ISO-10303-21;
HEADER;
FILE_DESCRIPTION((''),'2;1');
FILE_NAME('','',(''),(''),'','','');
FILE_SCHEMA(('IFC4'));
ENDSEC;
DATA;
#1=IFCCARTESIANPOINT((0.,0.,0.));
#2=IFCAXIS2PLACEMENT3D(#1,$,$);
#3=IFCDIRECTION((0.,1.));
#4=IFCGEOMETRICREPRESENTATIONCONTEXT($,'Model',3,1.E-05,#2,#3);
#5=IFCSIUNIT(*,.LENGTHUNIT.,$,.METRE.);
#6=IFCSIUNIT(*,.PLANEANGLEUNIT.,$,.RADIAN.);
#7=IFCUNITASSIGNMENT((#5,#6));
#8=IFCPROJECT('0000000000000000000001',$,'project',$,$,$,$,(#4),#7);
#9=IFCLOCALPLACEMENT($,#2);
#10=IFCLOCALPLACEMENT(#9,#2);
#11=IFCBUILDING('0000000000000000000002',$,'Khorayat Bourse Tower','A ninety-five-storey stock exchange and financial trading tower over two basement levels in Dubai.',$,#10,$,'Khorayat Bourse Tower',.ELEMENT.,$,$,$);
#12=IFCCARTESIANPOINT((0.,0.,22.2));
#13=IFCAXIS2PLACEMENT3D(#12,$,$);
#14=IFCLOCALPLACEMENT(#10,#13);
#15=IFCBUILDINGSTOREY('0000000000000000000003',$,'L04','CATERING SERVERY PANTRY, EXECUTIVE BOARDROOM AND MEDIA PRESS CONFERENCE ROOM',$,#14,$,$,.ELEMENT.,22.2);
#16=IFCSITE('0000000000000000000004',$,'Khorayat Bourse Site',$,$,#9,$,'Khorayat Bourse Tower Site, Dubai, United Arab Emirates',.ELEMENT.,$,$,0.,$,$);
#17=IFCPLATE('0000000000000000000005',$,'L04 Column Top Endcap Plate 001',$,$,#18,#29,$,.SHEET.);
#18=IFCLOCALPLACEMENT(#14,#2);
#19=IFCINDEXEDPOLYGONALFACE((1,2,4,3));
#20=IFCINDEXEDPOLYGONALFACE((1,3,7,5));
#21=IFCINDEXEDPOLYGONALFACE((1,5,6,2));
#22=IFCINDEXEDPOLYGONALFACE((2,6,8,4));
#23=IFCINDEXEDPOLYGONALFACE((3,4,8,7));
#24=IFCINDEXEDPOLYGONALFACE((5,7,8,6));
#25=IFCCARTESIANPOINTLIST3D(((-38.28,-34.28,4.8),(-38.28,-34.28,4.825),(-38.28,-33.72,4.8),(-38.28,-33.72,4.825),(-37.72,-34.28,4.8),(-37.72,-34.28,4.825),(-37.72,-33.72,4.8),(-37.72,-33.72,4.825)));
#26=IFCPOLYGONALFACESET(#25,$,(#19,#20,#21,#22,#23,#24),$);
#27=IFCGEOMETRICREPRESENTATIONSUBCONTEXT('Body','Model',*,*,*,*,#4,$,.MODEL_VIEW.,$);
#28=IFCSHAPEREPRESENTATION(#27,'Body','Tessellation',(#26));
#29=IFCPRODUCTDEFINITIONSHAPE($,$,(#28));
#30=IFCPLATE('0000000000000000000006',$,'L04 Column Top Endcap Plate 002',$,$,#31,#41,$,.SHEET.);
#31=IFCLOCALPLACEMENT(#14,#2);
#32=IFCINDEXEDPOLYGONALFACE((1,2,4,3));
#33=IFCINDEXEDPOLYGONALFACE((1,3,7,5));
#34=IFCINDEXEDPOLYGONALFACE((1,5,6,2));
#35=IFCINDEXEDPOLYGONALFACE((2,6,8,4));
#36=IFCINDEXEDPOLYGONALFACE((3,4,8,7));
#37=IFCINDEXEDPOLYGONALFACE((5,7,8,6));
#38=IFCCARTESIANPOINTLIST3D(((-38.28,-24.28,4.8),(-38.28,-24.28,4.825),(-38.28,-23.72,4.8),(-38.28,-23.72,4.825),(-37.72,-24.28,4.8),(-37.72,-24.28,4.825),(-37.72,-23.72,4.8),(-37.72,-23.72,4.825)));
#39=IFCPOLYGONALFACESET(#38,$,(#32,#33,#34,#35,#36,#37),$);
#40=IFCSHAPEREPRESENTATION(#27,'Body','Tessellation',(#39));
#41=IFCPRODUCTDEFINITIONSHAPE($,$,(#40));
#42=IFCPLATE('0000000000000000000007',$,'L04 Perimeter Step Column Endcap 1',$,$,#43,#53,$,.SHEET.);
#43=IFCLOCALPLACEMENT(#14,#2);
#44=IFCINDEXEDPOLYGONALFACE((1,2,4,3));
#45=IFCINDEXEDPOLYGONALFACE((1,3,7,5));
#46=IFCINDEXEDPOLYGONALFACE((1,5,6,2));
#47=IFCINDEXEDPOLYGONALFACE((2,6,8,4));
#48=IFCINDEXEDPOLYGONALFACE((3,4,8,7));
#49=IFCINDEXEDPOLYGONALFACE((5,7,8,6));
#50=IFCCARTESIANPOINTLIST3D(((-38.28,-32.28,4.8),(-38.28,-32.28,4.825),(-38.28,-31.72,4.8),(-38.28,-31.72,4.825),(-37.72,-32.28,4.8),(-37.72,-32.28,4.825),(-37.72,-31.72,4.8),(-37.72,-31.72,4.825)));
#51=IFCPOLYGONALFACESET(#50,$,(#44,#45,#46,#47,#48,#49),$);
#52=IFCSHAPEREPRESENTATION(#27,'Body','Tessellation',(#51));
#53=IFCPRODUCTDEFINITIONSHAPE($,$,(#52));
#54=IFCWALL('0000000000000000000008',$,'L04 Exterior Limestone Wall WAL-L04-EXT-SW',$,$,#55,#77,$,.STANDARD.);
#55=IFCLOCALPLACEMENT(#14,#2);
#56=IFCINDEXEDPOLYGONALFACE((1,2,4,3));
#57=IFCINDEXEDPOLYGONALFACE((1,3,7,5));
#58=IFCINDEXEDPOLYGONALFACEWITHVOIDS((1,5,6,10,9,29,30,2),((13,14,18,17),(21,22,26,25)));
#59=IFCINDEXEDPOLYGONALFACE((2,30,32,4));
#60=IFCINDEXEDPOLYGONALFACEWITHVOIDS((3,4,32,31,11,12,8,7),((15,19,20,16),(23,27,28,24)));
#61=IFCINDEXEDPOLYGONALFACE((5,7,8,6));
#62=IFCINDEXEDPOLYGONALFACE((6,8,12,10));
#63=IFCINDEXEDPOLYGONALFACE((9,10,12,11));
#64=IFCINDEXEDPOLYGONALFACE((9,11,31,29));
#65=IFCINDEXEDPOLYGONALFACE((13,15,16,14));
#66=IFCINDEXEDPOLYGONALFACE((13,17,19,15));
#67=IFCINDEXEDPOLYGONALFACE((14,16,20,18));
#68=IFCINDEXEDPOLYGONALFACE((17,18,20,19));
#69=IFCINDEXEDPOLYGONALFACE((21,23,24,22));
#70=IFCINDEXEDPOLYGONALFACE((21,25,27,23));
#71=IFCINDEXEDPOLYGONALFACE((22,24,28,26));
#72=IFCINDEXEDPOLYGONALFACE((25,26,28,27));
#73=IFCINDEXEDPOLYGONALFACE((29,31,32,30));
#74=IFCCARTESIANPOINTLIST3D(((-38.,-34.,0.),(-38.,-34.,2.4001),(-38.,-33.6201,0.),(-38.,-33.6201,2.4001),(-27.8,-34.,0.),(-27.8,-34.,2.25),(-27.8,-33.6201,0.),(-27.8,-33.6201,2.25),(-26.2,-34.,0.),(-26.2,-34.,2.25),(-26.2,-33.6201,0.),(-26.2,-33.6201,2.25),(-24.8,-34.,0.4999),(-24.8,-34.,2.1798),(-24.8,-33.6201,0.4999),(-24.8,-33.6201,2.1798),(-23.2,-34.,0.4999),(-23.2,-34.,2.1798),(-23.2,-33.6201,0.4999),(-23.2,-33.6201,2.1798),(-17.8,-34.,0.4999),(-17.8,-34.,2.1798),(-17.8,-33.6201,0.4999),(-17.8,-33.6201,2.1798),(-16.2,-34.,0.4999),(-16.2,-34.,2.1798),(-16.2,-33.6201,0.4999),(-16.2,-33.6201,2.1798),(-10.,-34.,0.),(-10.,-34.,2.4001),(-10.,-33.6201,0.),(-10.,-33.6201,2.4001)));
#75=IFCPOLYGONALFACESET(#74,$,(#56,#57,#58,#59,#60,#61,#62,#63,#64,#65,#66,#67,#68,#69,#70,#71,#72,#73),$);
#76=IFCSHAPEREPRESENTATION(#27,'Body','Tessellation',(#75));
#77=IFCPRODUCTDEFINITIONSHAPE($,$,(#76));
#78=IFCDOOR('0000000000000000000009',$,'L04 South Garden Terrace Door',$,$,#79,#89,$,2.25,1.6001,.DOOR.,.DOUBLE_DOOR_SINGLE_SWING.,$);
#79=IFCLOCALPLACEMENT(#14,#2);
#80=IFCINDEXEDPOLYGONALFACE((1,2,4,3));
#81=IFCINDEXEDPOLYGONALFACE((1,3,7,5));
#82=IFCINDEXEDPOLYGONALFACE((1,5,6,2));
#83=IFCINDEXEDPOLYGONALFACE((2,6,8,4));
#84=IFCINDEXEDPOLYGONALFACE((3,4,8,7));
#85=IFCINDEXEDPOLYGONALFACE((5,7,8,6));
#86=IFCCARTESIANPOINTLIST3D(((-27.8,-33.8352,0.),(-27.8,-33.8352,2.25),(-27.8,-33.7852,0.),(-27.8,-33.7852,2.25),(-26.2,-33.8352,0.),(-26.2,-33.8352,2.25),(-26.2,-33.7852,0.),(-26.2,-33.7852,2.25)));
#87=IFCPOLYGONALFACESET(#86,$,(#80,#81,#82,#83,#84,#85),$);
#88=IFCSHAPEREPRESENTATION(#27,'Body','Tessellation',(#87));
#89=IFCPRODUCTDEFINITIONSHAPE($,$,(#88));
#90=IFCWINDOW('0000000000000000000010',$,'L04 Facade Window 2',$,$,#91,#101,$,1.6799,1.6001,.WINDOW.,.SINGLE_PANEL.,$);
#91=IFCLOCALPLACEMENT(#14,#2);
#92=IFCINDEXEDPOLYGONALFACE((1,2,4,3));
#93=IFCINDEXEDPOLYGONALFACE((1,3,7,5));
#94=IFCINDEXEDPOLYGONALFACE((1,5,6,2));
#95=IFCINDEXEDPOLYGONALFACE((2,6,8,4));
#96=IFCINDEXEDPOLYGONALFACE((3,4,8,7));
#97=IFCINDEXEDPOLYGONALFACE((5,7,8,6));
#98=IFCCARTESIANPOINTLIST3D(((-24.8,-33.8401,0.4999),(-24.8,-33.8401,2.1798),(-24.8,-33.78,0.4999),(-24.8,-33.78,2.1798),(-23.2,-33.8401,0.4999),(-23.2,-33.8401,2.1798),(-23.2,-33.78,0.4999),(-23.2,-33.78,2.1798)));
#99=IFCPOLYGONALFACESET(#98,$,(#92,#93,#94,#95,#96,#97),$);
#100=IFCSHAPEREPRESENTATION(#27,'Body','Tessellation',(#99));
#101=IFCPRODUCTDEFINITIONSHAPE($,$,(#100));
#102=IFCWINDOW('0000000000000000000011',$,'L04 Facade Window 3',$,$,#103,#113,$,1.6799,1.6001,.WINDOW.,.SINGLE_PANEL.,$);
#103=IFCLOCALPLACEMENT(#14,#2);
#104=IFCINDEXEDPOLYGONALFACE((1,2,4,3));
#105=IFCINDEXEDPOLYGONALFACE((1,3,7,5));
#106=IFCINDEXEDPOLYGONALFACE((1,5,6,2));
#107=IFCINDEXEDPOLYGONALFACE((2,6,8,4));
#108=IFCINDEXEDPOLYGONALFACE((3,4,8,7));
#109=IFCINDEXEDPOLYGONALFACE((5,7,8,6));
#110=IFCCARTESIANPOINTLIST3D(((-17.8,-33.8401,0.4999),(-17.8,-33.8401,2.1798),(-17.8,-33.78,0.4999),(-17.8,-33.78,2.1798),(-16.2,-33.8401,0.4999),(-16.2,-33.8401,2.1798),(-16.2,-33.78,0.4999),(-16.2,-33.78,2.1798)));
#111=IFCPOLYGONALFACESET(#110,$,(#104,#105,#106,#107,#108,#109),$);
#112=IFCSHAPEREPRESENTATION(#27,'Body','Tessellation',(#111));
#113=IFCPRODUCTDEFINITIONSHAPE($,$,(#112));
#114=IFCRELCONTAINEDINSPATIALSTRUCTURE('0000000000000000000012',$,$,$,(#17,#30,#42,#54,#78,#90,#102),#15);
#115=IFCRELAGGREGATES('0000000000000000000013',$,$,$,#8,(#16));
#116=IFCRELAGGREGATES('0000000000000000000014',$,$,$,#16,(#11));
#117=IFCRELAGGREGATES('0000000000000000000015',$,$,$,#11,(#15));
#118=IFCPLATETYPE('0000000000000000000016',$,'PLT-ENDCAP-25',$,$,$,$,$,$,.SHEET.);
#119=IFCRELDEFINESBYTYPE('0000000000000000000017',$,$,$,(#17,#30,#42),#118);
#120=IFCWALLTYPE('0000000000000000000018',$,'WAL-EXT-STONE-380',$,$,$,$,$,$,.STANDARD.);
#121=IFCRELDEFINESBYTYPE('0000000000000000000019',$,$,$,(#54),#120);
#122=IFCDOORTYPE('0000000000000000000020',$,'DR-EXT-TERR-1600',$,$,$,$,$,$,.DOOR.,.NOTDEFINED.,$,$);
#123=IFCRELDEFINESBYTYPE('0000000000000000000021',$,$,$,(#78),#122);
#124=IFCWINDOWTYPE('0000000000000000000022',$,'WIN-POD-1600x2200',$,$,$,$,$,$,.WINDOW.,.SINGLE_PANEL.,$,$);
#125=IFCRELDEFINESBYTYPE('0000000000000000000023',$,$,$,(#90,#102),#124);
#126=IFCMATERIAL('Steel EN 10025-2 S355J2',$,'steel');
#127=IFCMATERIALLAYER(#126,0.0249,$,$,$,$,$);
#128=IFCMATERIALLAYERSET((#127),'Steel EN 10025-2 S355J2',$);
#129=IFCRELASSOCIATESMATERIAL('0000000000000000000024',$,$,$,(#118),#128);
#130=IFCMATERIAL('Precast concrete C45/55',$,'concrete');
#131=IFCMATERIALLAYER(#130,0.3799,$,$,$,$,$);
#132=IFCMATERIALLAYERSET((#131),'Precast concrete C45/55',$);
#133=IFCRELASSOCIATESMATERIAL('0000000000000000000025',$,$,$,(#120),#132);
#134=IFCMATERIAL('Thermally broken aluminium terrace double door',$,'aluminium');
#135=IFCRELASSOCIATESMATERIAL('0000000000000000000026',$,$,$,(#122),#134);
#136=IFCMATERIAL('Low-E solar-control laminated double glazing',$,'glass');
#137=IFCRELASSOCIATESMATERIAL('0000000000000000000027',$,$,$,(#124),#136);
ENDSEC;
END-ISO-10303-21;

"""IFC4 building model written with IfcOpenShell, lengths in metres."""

from ifc_helpers import new_model, si_unit, direction, frame, frame_2d, origin, origin_2d, place, context, subcontext, project, spatial, rectangle, extrude, source, transform, mapped, material, layer, layer_set, type_object, element, fill, save


model = new_model("IFC4")

# Units and contexts
model_context = context("Model", 3, precision=1e-05, world=origin(), true_north=direction((0.0, 1.0)))
body_context = subcontext(model_context, "Body", "Model", "MODEL_VIEW")
ifc_project = project(units=[si_unit("LENGTHUNIT", "METRE"), si_unit("PLANEANGLEUNIT", "RADIAN")], contexts=[model_context])

# Site, building, storey
site_placement = place(None, origin())
site = spatial("IfcSite", under=ifc_project, at=site_placement, Name="Khorayat Bourse Site", LongName="Khorayat Bourse Tower Site, Dubai, United Arab Emirates", CompositionType="ELEMENT", RefElevation=0.0)
building_placement = place(site_placement, origin())
building = spatial("IfcBuilding", under=site, at=building_placement, Name="Khorayat Bourse Tower", Description="A ninety-five-storey stock exchange and financial trading tower over two basement levels in Dubai.", LongName="Khorayat Bourse Tower", CompositionType="ELEMENT")
storey_placement = place(building_placement, frame((0.0, 0.0, 22.2)))
storey = spatial("IfcBuildingStorey", under=building, at=storey_placement, Name="L04", Description="CATERING SERVERY PANTRY, EXECUTIVE BOARDROOM AND MEDIA PRESS CONFERENCE ROOM", CompositionType="ELEMENT", Elevation=22.2)

# Shared definitions
ifc_material_1 = material(Name="Steel EN 10025-2 S355J2", Category="steel")

# Plates
ifc_layer_1 = layer(ifc_material_1, 0.0249)
ifc_layer_set_1 = layer_set([ifc_layer_1], Name="Steel EN 10025-2 S355J2")
plate_type = type_object("IfcPlateType", Name="PLT-ENDCAP-25", PredefinedType="SHEET", material=ifc_layer_set_1)
shared_shape_1 = source(origin(), body_context, "Body", "SweptSolid", [
    extrude(rectangle(XDim=0.5601, YDim=0.5601, at=origin_2d()), origin(), (0.0, 0.0, 1.0), 0.0249),
])
for number, where, z_axis, x_axis, name in (
    (1, (-38.0, -34.0, 4.8), (0.0, 0.0, 1.0), (1.0, 0.0, 0.0), "L04 Column Top Endcap Plate 001"),
    (2, (-38.0, -24.0, 4.8), (0.0, 0.0, 1.0), (1.0, 0.0, 0.0), "L04 Column Top Endcap Plate 002"),
    (3, (-38.0, -32.0, 4.8), (0.0, 0.0, 1.0), (1.0, 0.0, 0.0), "L04 Perimeter Step Column Endcap 1"),
):
    element("IfcPlate", number, at=place(storey_placement, frame(where, z_axis=z_axis, x_axis=x_axis)), inside=storey, type_object=plate_type, Name=name, PredefinedType="SHEET", context=body_context, shape_type="MappedRepresentation", body=[
        mapped(shared_shape_1, transform((0.0, 0.0, 0.0), scale=1.0)),
    ])

# Wall, openings, door, windows
ifc_material_2 = material(Name="Precast concrete C45/55", Category="concrete")
ifc_layer_2 = layer(ifc_material_2, 0.3799)
ifc_layer_set_2 = layer_set([ifc_layer_2], Name="Precast concrete C45/55")
wall_type_1 = type_object("IfcWallType", Name="WAL-EXT-STONE-380", PredefinedType="STANDARD", material=ifc_layer_set_2)
shared_shape_2 = source(origin(), body_context, "Body", "SweptSolid", [
    extrude(rectangle(XDim=28.0, YDim=0.3799, at=frame_2d((14.0, 0.0))), origin(), (0.0, 0.0, 1.0), 2.4001),
])
wall_1_placement = place(storey_placement, frame((-38.0, -33.8101, 0.0), z_axis=(0.0, 0.0, 1.0), x_axis=(1.0, 0.0, 0.0)))
wall_1 = element("IfcWall", 4, at=wall_1_placement, inside=storey, type_object=wall_type_1, Name="L04 Exterior Limestone Wall WAL-L04-EXT-SW", PredefinedType="STANDARD", context=body_context, shape_type="MappedRepresentation", body=[
    mapped(shared_shape_2, transform((0.0, 0.0, 0.0), scale=1.0)),
])
shared_shape_3 = source(origin(), body_context, "Body", "SweptSolid", [
    extrude(rectangle(XDim=1.6001, YDim=2.25, at=frame_2d((0.8, 1.125))), frame((0.0, 0.2, 0.0), z_axis=(0.0, -1.0, 0.0), x_axis=(1.0, 0.0, 0.0)), (0.0, 0.0, 1.0), 0.3999),
])
opening_1_placement = place(wall_1_placement, frame((10.2, 0.0, 0.0)))
opening_1 = element("IfcOpeningElement", 5, at=opening_1_placement, cuts=wall_1, PredefinedType="OPENING", context=body_context, shape_type="MappedRepresentation", body=[
    mapped(shared_shape_3, transform((0.0, 0.0, 0.0), scale=1.0)),
])
shared_shape_4 = source(origin(), body_context, "Body", "SweptSolid", [
    extrude(rectangle(XDim=1.6001, YDim=1.6799, at=frame_2d((0.8, 0.8398))), frame((0.0, 0.2, 0.0), z_axis=(0.0, -1.0, 0.0), x_axis=(1.0, 0.0, 0.0)), (0.0, 0.0, 1.0), 0.3999),
])
opening_2_placement = place(wall_1_placement, frame((13.2, 0.0, 0.5)))
opening_2 = element("IfcOpeningElement", 6, at=opening_2_placement, cuts=wall_1, PredefinedType="OPENING", context=body_context, shape_type="MappedRepresentation", body=[
    mapped(shared_shape_4, transform((0.0, 0.0, 0.0), scale=1.0)),
])
opening_3_placement = place(wall_1_placement, frame((20.2, 0.0, 0.5)))
opening_3 = element("IfcOpeningElement", 7, at=opening_3_placement, cuts=wall_1, PredefinedType="OPENING", context=body_context, shape_type="MappedRepresentation", body=[
    mapped(shared_shape_4, transform((0.0, 0.0, 0.0), scale=1.0)),
])
ifc_material_3 = material(Name="Thermally broken aluminium terrace double door", Category="aluminium")
door_type_1 = type_object("IfcDoorType", Name="DR-EXT-TERR-1600", OperationType="NOTDEFINED", PredefinedType="DOOR", material=ifc_material_3)
shared_shape_5 = source(origin(), body_context, "Body", "SweptSolid", [
    extrude(rectangle(XDim=1.6001, YDim=2.25, at=frame_2d((0.8, 1.125))), frame((0.0, 0.0249, 0.0), z_axis=(0.0, -1.0, 0.0), x_axis=(1.0, 0.0, 0.0)), (0.0, 0.0, 1.0), 0.05),
])
door_1_placement = place(opening_1_placement, origin())
door_1 = element("IfcDoor", 8, at=door_1_placement, inside=storey, type_object=door_type_1, Name="L04 South Garden Terrace Door", OperationType="DOUBLE_DOOR_SINGLE_SWING", OverallHeight=2.25, OverallWidth=1.6001, PredefinedType="DOOR", context=body_context, shape_type="MappedRepresentation", body=[
    mapped(shared_shape_5, transform((0.0, 0.0, 0.0), scale=1.0)),
])
fill(opening_1, door_1)
ifc_material_4 = material(Name="Low-E solar-control laminated double glazing", Category="glass")
window_type = type_object("IfcWindowType", Name="WIN-POD-1600x2200", PartitioningType="SINGLE_PANEL", PredefinedType="WINDOW", material=ifc_material_4)
shared_shape_6 = source(origin(), body_context, "Body", "SweptSolid", [
    extrude(rectangle(XDim=1.6001, YDim=1.6799, at=frame_2d((0.8, 0.8398))), frame((0.0, 0.03, 0.0), z_axis=(0.0, -1.0, 0.0), x_axis=(1.0, 0.0, 0.0)), (0.0, 0.0, 1.0), 0.0601),
])
window_1_placement = place(opening_2_placement, origin())
window_1 = element("IfcWindow", 9, at=window_1_placement, inside=storey, type_object=window_type, Name="L04 Facade Window 2", OverallHeight=1.6799, OverallWidth=1.6001, PartitioningType="SINGLE_PANEL", PredefinedType="WINDOW", context=body_context, shape_type="MappedRepresentation", body=[
    mapped(shared_shape_6, transform((0.0, 0.0, 0.0), scale=1.0)),
])
fill(opening_2, window_1)
window_2_placement = place(opening_3_placement, origin())
window_2 = element("IfcWindow", 10, at=window_2_placement, inside=storey, type_object=window_type, Name="L04 Facade Window 3", OverallHeight=1.6799, OverallWidth=1.6001, PartitioningType="SINGLE_PANEL", PredefinedType="WINDOW", context=body_context, shape_type="MappedRepresentation", body=[
    mapped(shared_shape_6, transform((0.0, 0.0, 0.0), scale=1.0)),
])
fill(opening_3, window_2)

save(model, "model.ifc")
